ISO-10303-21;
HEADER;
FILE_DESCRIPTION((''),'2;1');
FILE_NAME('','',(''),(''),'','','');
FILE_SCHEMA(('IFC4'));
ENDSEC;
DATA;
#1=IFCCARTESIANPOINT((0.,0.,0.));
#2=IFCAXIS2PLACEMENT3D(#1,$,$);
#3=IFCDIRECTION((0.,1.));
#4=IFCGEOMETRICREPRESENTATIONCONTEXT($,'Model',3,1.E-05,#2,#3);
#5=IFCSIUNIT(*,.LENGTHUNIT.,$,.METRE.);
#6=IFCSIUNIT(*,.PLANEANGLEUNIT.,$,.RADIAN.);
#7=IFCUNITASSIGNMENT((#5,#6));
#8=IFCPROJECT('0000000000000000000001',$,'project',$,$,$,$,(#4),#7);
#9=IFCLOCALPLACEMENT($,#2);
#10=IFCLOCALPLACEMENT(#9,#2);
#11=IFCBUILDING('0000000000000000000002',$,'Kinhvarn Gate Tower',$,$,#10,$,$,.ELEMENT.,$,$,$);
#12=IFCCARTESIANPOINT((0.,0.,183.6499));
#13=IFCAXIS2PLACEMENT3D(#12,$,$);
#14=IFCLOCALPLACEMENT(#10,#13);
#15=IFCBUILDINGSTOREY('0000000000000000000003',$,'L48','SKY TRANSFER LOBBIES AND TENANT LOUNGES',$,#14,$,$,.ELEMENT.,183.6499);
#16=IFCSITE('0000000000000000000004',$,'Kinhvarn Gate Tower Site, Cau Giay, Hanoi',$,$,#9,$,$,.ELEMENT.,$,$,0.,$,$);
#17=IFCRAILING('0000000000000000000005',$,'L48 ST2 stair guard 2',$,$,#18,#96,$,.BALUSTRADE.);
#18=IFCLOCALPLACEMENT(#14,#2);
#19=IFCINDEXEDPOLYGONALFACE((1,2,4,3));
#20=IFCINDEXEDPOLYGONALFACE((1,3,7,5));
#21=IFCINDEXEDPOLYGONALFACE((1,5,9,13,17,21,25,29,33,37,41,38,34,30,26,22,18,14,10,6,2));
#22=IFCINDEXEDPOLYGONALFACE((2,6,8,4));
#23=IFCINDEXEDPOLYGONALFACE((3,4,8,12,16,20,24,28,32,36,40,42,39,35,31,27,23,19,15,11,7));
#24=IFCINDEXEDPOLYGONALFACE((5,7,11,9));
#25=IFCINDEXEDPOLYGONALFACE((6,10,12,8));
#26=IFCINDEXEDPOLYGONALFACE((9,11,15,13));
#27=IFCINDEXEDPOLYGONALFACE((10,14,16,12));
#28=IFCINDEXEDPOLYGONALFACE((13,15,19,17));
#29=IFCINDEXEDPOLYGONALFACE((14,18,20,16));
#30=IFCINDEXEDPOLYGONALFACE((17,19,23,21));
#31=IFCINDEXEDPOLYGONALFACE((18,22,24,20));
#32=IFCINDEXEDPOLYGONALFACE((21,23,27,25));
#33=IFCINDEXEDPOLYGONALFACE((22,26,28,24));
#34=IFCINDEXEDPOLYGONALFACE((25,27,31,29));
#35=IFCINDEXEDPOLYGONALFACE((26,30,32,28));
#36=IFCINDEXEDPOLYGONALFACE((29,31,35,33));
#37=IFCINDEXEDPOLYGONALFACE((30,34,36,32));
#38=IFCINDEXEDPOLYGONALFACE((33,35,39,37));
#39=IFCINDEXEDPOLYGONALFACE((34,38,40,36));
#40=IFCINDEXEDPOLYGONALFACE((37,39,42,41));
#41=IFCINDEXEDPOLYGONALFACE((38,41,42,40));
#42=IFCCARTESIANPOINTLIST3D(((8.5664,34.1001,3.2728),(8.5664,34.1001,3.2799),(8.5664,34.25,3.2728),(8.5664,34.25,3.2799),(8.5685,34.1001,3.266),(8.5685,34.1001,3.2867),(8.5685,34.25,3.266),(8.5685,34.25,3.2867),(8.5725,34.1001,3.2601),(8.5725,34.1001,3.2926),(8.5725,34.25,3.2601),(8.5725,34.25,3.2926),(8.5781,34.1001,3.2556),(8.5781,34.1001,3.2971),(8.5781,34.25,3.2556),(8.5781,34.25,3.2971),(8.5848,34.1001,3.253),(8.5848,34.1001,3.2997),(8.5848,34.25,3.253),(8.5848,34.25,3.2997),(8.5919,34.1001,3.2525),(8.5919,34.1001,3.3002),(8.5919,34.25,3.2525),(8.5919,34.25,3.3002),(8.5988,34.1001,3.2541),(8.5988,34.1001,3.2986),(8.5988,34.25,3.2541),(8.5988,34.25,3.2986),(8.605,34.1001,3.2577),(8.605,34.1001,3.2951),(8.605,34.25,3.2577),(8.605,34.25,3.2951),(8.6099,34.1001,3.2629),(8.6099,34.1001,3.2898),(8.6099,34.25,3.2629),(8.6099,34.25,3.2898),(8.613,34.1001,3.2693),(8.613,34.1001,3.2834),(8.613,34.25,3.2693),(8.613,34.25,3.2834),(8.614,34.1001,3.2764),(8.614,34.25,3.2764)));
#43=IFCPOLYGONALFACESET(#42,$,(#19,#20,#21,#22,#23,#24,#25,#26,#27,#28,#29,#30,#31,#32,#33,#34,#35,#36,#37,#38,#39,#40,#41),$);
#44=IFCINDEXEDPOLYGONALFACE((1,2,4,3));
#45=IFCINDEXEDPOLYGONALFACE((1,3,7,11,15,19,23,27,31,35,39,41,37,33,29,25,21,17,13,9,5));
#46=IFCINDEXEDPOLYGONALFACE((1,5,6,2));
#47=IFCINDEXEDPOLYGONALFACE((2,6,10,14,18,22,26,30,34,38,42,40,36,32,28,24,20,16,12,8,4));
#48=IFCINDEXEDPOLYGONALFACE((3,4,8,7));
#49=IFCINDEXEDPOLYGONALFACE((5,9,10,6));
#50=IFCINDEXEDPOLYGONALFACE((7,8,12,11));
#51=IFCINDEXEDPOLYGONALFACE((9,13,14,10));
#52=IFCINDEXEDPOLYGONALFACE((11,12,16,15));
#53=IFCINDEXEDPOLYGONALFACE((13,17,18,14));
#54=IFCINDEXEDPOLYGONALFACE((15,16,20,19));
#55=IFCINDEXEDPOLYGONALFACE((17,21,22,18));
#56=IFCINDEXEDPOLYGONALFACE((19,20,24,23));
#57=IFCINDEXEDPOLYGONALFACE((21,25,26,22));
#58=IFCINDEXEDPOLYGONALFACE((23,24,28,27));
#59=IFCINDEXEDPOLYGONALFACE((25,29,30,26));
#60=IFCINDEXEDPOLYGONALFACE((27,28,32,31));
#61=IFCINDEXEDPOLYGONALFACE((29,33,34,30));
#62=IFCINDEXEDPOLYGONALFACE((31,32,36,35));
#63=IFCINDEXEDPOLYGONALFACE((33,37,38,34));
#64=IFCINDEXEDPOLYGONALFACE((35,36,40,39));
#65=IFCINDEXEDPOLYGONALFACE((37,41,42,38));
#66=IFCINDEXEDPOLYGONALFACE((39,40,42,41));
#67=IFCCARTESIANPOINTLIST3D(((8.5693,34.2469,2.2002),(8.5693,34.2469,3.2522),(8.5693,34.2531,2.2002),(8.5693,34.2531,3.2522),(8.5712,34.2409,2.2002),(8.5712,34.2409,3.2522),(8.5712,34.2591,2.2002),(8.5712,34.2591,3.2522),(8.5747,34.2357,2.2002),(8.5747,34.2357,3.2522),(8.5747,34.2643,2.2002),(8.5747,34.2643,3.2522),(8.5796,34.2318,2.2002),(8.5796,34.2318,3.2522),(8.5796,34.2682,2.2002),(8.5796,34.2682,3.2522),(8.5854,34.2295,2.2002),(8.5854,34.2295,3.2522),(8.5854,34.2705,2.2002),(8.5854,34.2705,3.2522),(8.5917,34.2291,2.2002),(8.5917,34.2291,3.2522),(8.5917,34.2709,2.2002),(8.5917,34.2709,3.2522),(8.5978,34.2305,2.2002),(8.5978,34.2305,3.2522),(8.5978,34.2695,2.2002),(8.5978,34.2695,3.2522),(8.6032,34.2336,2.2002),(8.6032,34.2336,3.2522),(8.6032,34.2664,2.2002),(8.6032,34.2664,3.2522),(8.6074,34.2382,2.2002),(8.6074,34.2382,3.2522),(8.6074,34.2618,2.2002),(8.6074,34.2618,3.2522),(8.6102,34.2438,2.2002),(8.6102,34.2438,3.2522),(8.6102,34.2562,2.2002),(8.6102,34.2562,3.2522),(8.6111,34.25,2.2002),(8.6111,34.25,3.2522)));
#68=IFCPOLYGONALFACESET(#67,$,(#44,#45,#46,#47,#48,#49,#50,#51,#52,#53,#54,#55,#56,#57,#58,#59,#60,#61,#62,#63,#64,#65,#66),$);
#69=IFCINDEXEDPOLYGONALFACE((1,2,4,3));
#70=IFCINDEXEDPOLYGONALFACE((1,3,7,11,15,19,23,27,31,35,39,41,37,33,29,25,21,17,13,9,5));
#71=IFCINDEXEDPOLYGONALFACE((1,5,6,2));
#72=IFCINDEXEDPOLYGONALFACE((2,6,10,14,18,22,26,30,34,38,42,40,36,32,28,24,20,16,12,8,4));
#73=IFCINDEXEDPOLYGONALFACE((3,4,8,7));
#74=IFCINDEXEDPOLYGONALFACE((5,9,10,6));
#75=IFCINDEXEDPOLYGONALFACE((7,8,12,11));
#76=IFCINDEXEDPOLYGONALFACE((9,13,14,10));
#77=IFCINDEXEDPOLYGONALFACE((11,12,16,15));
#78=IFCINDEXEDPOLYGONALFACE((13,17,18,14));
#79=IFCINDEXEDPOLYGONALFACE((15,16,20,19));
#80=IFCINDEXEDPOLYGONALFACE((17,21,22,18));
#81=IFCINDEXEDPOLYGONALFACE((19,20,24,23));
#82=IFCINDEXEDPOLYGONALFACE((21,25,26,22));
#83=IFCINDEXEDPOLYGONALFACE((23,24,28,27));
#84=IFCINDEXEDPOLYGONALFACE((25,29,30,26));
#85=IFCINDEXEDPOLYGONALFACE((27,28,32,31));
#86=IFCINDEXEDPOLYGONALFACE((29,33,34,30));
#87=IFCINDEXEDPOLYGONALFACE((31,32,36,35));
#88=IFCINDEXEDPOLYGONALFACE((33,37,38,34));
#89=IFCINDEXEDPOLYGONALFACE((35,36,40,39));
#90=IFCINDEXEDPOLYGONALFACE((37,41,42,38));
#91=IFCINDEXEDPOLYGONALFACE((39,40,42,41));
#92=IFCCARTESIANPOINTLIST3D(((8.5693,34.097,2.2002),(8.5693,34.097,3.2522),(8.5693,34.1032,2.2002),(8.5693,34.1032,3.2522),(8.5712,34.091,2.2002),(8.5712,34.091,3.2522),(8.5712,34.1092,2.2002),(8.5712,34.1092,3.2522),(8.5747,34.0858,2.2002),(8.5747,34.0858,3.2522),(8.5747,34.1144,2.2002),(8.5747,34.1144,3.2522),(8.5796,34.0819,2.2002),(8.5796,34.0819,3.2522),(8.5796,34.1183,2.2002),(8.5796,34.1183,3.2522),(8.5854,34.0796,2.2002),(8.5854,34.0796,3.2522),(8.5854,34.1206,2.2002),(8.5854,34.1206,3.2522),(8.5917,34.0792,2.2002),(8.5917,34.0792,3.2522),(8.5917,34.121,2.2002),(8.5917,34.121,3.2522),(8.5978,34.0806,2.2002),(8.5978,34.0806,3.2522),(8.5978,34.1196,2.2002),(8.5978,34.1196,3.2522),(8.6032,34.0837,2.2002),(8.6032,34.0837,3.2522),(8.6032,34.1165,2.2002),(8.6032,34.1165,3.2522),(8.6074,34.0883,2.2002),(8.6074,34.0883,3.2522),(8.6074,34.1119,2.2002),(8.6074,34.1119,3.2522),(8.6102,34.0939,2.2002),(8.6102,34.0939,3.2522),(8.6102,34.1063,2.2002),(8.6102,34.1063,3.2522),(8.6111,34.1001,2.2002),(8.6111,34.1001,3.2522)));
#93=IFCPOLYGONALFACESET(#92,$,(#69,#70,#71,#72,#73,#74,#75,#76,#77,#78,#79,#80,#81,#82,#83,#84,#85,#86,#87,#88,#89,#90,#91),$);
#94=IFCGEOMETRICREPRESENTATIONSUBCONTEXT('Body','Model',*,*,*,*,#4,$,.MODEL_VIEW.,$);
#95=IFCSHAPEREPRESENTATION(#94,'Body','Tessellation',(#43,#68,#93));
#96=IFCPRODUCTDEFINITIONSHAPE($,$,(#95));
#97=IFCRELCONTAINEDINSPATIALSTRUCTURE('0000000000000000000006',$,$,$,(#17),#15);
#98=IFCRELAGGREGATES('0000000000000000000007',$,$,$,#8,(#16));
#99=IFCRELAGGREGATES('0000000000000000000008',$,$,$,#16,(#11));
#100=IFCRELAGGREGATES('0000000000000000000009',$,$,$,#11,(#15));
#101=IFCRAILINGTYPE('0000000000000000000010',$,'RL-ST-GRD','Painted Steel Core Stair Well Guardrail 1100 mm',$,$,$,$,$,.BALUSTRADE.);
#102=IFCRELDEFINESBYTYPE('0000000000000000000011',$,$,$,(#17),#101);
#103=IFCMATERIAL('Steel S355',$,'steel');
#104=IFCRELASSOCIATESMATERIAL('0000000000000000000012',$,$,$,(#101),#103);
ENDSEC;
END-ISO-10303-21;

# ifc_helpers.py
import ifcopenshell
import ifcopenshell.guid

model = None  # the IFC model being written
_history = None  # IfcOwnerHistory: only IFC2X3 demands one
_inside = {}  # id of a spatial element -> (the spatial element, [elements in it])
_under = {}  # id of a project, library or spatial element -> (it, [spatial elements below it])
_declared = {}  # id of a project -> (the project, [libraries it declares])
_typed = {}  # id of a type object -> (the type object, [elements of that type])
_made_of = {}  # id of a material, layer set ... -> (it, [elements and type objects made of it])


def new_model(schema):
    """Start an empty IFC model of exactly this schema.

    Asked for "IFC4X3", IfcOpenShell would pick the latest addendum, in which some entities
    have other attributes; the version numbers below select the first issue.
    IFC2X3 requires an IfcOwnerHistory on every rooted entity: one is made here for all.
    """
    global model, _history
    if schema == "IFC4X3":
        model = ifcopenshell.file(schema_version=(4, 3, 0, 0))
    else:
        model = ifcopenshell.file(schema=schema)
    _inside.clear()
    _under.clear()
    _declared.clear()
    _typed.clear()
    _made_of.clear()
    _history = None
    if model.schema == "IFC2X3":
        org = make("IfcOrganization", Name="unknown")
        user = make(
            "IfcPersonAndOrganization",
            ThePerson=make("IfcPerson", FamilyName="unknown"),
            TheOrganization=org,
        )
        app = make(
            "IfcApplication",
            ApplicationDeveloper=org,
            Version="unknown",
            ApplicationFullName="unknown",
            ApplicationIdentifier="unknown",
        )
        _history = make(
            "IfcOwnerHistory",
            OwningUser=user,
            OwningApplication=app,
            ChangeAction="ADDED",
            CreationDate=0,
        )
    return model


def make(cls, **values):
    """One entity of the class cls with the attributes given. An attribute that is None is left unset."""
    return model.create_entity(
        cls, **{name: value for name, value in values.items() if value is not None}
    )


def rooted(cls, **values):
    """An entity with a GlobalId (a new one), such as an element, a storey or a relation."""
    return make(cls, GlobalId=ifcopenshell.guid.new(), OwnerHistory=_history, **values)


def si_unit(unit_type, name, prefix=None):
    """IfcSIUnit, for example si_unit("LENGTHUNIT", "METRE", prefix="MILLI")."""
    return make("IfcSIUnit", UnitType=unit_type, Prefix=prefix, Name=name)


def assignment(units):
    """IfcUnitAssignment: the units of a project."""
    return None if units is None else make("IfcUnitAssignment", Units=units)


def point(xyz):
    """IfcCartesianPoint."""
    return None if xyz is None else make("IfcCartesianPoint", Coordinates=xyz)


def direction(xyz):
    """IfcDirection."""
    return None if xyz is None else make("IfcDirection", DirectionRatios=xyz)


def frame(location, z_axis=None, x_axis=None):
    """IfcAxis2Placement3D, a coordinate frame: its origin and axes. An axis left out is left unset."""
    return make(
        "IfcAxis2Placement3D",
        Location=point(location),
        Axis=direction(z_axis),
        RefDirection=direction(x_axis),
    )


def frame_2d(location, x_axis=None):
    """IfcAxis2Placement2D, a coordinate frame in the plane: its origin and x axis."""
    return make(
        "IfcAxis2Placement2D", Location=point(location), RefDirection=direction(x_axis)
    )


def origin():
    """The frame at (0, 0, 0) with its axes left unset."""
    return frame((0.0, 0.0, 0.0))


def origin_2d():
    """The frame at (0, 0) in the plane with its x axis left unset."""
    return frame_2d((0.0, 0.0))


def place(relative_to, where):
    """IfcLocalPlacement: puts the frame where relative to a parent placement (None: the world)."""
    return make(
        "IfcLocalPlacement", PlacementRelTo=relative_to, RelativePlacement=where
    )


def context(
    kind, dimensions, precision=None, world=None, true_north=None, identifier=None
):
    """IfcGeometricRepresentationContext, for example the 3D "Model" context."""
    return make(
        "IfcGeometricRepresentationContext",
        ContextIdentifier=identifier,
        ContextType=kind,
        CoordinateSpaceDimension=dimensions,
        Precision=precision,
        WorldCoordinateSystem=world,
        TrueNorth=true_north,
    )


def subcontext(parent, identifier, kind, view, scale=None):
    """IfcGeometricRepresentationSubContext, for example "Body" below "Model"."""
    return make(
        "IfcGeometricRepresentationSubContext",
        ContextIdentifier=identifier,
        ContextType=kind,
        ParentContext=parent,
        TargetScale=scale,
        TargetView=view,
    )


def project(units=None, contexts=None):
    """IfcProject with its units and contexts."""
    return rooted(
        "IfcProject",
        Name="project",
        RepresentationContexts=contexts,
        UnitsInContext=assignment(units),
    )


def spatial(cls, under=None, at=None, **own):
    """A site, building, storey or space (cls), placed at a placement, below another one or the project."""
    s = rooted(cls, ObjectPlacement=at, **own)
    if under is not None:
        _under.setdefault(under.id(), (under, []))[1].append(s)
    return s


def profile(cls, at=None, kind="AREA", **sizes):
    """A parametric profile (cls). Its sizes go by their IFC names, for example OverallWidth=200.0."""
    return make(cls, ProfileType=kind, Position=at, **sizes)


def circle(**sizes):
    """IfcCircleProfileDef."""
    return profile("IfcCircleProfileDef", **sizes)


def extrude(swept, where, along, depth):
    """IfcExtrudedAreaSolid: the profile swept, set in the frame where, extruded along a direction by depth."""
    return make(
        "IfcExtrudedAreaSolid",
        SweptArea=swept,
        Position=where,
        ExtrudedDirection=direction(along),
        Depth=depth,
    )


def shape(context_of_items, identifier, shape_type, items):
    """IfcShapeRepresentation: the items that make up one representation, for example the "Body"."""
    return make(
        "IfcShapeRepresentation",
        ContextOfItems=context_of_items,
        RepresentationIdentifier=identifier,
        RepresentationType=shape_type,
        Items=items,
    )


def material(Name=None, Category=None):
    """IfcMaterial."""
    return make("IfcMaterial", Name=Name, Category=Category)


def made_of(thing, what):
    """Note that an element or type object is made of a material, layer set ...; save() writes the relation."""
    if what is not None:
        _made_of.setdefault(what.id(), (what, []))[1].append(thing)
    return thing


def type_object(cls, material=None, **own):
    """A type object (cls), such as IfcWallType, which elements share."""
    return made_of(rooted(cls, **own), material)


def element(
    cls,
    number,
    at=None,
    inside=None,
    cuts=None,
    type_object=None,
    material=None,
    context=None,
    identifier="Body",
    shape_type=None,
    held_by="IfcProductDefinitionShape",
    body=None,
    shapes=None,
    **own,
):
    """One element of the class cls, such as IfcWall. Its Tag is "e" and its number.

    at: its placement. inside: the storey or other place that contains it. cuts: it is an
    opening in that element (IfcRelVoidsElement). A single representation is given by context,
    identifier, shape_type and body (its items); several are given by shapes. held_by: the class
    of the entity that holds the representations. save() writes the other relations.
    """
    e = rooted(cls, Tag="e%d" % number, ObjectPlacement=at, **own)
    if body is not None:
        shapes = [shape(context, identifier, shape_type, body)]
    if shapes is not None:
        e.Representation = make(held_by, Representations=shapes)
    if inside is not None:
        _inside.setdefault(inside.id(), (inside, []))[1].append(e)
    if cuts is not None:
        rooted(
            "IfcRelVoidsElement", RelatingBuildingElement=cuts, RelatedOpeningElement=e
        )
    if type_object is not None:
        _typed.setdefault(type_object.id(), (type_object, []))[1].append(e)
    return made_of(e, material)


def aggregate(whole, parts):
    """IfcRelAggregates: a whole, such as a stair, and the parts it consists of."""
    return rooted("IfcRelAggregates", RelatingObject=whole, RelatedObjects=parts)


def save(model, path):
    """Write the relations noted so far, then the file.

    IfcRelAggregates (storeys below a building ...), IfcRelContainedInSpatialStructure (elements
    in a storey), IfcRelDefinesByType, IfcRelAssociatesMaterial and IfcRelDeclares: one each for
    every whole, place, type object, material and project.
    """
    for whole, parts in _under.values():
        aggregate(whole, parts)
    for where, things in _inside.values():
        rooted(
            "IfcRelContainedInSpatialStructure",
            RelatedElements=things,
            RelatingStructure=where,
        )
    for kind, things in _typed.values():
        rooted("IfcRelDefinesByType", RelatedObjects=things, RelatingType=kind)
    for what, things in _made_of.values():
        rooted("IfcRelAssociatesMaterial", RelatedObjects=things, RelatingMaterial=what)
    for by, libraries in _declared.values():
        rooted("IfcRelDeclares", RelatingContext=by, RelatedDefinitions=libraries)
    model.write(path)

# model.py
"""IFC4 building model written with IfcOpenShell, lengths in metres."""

from ifc_helpers import new_model, si_unit, direction, frame, origin, origin_2d, place, context, subcontext, project, spatial, circle, extrude, material, type_object, element, save


model = new_model("IFC4")

# Units and contexts
model_context = context("Model", 3, precision=1e-05, world=origin(), true_north=direction((0.0, 1.0)))
body_context = subcontext(model_context, "Body", "Model", "MODEL_VIEW")
ifc_project = project(units=[si_unit("LENGTHUNIT", "METRE"), si_unit("PLANEANGLEUNIT", "RADIAN")], contexts=[model_context])

# Site, building, storey
site_placement = place(None, origin())
site = spatial("IfcSite", under=ifc_project, at=site_placement, Name="Kinhvarn Gate Tower Site, Cau Giay, Hanoi", CompositionType="ELEMENT", RefElevation=0.0)
building_placement = place(site_placement, origin())
building = spatial("IfcBuilding", under=site, at=building_placement, Name="Kinhvarn Gate Tower", CompositionType="ELEMENT")
storey_placement = place(building_placement, frame((0.0, 0.0, 183.6499)))
storey = spatial("IfcBuildingStorey", under=building, at=storey_placement, Name="L48", Description="SKY TRANSFER LOBBIES AND TENANT LOUNGES", CompositionType="ELEMENT", Elevation=183.6499)

# Shared definitions
ifc_material_1 = material(Name="Steel S355", Category="steel")

# Railing
railing_type = type_object("IfcRailingType", Name="RL-ST-GRD", Description="Painted Steel Core Stair Well Guardrail 1100 mm", PredefinedType="BALUSTRADE", material=ifc_material_1)
railing_1_placement = place(storey_placement, frame((8.5901, 34.25, 2.2002)))
element("IfcRailing", 1, at=railing_1_placement, inside=storey, type_object=railing_type, Name="L48 ST2 stair guard 2", PredefinedType="BALUSTRADE", context=body_context, shape_type="SweptSolid", body=[
    extrude(circle(Radius=0.0239, at=origin_2d()), frame((0.0, 0.0, 1.0762), z_axis=(0.0, -1.0, 0.0), x_axis=(1.0, 0.0, 0.0)), (0.0, 0.0, 1.0), 0.1499),
    extrude(circle(Radius=0.021, at=origin_2d()), origin(), (0.0, 0.0, 1.0), 1.052),
    extrude(circle(Radius=0.021, at=origin_2d()), frame((0.0, -0.1499, 0.0)), (0.0, 0.0, 1.0), 1.052),
])

save(model, "model.ifc")
